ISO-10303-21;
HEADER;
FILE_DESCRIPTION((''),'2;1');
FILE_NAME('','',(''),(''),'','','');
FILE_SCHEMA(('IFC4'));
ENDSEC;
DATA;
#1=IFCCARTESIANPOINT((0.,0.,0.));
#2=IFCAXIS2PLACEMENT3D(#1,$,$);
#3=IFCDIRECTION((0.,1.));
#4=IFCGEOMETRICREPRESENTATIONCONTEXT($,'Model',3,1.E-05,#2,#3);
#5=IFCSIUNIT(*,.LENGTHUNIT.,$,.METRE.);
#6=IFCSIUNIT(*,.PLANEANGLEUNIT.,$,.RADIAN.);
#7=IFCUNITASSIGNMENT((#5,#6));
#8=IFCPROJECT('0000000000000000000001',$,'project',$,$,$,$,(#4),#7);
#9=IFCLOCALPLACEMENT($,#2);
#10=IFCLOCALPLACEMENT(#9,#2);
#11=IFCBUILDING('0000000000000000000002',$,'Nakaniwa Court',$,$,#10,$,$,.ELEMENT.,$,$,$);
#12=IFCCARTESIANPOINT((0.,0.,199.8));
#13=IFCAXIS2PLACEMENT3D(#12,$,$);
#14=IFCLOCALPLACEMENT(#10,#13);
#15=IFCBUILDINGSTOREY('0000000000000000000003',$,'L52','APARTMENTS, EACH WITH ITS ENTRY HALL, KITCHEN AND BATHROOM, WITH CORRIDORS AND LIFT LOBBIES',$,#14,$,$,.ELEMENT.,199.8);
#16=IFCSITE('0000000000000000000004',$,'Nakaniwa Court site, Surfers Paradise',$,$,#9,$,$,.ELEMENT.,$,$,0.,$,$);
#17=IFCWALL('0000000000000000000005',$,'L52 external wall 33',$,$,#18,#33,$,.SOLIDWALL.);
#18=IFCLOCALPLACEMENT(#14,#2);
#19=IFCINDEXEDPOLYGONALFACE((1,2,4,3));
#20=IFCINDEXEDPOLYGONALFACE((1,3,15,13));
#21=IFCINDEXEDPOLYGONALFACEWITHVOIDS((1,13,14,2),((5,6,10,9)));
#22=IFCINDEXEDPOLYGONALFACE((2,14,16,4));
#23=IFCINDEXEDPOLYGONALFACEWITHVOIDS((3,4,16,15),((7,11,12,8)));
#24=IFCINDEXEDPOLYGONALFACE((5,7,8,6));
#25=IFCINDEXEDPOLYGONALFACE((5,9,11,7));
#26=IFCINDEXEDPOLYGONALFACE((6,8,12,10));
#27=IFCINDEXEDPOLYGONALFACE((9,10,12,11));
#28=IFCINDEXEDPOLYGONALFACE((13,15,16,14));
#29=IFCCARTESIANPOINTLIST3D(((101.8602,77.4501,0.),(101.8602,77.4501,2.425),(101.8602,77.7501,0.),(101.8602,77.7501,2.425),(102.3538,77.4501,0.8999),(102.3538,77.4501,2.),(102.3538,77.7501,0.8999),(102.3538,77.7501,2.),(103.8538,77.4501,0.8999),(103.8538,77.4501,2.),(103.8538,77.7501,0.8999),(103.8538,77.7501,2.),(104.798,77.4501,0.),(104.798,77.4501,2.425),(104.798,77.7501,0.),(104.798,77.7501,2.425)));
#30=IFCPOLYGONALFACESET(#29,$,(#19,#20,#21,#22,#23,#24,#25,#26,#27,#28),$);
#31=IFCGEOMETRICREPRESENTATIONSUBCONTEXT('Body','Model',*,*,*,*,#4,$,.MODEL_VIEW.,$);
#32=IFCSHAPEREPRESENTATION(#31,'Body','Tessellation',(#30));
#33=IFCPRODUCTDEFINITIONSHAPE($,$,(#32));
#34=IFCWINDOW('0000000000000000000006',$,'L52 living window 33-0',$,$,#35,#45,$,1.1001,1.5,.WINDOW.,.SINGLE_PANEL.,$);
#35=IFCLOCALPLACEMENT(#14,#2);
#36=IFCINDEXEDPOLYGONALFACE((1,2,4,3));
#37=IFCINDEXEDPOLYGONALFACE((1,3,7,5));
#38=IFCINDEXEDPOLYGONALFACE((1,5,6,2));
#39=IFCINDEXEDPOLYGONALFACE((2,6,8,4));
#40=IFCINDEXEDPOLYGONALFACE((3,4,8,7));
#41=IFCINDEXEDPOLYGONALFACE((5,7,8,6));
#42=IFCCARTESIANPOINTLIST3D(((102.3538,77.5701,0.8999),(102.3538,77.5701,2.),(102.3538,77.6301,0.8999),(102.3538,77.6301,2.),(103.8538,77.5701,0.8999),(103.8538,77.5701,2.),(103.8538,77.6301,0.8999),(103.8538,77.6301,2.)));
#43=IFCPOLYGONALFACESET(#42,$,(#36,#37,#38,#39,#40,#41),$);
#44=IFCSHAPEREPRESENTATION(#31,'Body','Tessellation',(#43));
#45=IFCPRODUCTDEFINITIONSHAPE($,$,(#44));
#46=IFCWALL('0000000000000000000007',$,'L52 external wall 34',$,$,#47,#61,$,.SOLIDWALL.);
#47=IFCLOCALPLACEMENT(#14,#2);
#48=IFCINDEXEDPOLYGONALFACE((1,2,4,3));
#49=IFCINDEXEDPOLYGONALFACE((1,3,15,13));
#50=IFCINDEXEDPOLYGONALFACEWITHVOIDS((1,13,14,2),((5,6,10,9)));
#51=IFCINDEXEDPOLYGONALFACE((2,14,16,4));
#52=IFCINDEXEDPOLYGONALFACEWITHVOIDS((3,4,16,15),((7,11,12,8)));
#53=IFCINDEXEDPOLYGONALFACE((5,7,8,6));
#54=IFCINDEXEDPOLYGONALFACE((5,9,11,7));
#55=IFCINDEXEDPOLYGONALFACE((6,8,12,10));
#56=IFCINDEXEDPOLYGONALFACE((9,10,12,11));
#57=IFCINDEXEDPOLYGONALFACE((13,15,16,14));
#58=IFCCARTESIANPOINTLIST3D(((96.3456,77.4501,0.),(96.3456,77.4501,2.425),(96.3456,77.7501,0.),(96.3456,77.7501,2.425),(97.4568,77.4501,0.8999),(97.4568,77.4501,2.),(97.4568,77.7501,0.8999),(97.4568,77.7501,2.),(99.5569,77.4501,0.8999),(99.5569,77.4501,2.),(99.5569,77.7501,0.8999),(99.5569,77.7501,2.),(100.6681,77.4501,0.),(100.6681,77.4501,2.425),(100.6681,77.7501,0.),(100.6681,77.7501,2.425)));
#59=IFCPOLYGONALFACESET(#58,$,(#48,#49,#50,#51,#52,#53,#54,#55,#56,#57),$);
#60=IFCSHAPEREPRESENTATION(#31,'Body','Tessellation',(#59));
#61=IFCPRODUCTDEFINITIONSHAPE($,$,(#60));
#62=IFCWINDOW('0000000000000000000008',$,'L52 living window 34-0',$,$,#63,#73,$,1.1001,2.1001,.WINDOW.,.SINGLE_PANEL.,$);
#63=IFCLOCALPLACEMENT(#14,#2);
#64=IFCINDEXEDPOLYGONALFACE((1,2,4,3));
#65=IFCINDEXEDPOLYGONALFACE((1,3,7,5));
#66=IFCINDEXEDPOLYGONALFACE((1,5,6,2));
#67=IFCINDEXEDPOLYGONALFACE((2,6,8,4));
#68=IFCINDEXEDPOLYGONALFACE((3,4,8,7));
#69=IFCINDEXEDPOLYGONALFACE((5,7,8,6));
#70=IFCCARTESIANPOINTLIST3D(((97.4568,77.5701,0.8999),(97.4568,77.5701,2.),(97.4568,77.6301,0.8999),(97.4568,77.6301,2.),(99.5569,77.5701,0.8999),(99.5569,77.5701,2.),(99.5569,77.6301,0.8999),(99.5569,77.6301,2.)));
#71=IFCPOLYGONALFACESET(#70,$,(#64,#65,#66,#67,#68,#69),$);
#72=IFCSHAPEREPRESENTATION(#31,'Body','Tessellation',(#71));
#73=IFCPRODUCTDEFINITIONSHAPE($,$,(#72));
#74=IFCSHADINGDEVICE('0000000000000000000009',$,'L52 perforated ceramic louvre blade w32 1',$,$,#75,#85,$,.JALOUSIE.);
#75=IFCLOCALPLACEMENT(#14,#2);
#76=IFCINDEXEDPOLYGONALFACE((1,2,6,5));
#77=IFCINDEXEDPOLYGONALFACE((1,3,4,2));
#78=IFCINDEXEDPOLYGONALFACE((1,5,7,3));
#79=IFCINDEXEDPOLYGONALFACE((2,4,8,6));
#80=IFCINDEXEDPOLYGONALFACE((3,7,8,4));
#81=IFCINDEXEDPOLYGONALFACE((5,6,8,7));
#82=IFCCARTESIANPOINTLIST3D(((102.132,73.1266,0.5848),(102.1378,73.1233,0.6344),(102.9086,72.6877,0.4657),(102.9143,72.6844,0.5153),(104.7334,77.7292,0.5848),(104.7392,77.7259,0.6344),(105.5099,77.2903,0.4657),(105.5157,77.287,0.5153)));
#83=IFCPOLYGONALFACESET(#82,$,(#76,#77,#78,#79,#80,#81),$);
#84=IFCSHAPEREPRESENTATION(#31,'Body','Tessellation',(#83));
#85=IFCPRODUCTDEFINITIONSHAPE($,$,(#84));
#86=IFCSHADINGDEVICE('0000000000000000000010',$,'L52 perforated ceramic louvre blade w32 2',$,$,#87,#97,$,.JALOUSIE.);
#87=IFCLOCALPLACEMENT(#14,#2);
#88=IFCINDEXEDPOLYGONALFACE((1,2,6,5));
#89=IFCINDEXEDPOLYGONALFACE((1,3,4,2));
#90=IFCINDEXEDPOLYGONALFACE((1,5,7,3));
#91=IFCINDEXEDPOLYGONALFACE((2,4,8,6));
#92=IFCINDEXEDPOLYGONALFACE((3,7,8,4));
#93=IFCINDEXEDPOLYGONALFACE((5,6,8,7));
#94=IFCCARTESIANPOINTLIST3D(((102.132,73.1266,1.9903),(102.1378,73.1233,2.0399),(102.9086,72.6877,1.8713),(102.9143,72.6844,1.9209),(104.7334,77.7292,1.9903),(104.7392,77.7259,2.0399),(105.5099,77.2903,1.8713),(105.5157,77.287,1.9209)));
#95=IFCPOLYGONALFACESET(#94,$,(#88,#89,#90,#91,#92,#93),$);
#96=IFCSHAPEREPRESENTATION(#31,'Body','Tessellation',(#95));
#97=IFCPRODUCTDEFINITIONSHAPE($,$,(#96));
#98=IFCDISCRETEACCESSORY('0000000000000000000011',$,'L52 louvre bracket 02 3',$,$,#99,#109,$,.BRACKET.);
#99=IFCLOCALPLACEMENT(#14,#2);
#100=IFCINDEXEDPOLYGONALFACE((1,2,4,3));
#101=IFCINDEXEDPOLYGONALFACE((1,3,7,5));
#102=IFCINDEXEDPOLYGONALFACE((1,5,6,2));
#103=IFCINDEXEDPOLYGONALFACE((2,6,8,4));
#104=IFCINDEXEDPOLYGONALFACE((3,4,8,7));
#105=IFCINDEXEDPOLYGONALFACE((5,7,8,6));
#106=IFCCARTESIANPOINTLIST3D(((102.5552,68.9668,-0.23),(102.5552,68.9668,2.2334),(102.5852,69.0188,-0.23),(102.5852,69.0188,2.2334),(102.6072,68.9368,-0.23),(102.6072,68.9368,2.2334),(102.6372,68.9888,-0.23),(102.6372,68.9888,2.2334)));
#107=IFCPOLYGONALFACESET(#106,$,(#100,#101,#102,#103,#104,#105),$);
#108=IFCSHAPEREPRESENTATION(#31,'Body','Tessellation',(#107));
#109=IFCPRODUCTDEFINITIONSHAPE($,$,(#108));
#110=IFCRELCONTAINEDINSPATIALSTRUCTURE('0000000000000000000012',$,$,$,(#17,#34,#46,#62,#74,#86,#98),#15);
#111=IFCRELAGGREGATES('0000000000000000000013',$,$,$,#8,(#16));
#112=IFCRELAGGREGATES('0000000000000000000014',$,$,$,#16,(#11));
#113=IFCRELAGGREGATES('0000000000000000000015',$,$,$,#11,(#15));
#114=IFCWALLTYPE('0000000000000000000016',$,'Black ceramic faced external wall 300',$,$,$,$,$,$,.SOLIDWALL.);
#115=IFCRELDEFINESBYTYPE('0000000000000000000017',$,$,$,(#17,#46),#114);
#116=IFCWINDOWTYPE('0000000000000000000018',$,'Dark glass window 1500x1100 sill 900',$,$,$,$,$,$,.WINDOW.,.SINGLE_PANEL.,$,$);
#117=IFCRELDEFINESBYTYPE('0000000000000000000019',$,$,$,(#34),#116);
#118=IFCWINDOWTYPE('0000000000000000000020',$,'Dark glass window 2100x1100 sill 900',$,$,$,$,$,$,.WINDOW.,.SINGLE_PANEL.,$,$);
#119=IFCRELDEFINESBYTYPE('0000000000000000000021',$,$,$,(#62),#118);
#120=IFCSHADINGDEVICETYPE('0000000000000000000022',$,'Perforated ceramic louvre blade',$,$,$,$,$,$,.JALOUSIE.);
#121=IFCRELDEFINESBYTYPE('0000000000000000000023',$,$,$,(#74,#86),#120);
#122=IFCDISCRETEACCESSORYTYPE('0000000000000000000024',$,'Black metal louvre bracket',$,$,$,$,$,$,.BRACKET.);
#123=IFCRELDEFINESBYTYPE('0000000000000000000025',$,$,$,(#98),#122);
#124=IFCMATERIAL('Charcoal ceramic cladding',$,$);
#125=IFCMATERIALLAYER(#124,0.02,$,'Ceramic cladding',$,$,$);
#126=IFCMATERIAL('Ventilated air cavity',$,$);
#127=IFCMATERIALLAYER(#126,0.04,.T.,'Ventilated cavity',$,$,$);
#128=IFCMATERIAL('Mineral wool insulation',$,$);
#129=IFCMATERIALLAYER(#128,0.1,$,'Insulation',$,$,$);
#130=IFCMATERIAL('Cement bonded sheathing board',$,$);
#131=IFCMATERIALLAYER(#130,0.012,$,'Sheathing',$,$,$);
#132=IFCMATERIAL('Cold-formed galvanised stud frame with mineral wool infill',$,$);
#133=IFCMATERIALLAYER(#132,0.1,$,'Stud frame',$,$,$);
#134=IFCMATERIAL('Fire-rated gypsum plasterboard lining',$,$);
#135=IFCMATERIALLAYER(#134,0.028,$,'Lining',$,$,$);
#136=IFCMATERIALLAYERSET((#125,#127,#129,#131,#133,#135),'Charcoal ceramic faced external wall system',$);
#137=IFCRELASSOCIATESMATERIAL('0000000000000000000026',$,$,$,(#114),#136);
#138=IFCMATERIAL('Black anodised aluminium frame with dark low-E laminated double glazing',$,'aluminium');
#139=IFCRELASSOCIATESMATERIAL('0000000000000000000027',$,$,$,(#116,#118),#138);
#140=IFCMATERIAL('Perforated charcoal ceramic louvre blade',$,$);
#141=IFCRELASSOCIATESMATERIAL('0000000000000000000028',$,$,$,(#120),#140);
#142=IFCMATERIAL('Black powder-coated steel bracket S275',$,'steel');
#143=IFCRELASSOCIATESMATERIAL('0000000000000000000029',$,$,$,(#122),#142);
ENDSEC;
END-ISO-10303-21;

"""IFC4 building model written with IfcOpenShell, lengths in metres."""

from ifc_helpers import new_model, si_unit, direction, frame, frame_2d, origin, origin_2d, place, context, subcontext, project, spatial, rectangle, extrude, material, layer, layer_set, material_profile, profile_set, type_object, element, fill, save


model = new_model("IFC4")

# Units and contexts
model_context = context("Model", 3, precision=1e-05, world=origin(), true_north=direction((0.0, 1.0)))
body_context = subcontext(model_context, "Body", "Model", "MODEL_VIEW")
ifc_project = project(units=[si_unit("LENGTHUNIT", "METRE"), si_unit("PLANEANGLEUNIT", "RADIAN")], contexts=[model_context])

# Site, building, storey
site_placement = place(None, origin())
site = spatial("IfcSite", under=ifc_project, at=site_placement, Name="Nakaniwa Court site, Surfers Paradise", CompositionType="ELEMENT", RefElevation=0.0)
building_placement = place(site_placement, origin())
building = spatial("IfcBuilding", under=site, at=building_placement, Name="Nakaniwa Court", CompositionType="ELEMENT")
storey_placement = place(building_placement, frame((0.0, 0.0, 199.8)))
storey = spatial("IfcBuildingStorey", under=building, at=storey_placement, Name="L52", Description="APARTMENTS, EACH WITH ITS ENTRY HALL, KITCHEN AND BATHROOM, WITH CORRIDORS AND LIFT LOBBIES", CompositionType="ELEMENT", Elevation=199.8)

# Shared definitions
ifc_material_1 = material(Name="Charcoal ceramic cladding")
ifc_layer_1 = layer(ifc_material_1, 0.02, Name="Ceramic cladding")
ifc_material_2 = material(Name="Ventilated air cavity")
ifc_layer_2 = layer(ifc_material_2, 0.04, ventilated=True, Name="Ventilated cavity")
ifc_material_3 = material(Name="Mineral wool insulation")
ifc_layer_3 = layer(ifc_material_3, 0.1, Name="Insulation")
ifc_material_4 = material(Name="Cement bonded sheathing board")
ifc_layer_4 = layer(ifc_material_4, 0.012, Name="Sheathing")
ifc_material_5 = material(Name="Cold-formed galvanised stud frame with mineral wool infill")
ifc_layer_5 = layer(ifc_material_5, 0.1, Name="Stud frame")
ifc_material_6 = material(Name="Fire-rated gypsum plasterboard lining")
ifc_layer_6 = layer(ifc_material_6, 0.028, Name="Lining")
ifc_layer_set = layer_set([ifc_layer_1, ifc_layer_2, ifc_layer_3, ifc_layer_4, ifc_layer_5, ifc_layer_6], Name="Charcoal ceramic faced external wall system")
wall_type = type_object("IfcWallType", Name="Black ceramic faced external wall 300", PredefinedType="SOLIDWALL", material=ifc_layer_set)
ifc_material_7 = material(Name="Black anodised aluminium frame with dark low-E laminated double glazing", Category="aluminium")

# Walls, openings, windows
window_type_1 = type_object("IfcWindowType", Name="Dark glass window 1500x1100 sill 900", PartitioningType="SINGLE_PANEL", PredefinedType="WINDOW", material=ifc_material_7)
wall_1_placement = place(storey_placement, frame((104.7979, 77.6001, 0.0), z_axis=(0.0, 0.0, 1.0), x_axis=(-1.0, 0.0, 0.0)))
wall_1 = element("IfcWall", 1, at=wall_1_placement, inside=storey, type_object=wall_type, Name="L52 external wall 33", PredefinedType="SOLIDWALL", context=body_context, shape_type="SweptSolid", body=[
    extrude(rectangle(XDim=2.9377, YDim=0.3, at=frame_2d((1.4688, 0.0))), origin(), (0.0, 0.0, 1.0), 2.425),
])
opening_1_placement = place(wall_1_placement, frame((0.9441, 0.0, 0.8999)))
opening_1 = element("IfcOpeningElement", 2, at=opening_1_placement, cuts=wall_1, PredefinedType="OPENING", context=body_context, shape_type="SweptSolid", body=[
    extrude(rectangle(XDim=1.5, YDim=1.1001, at=frame_2d((0.75, 0.55))), frame((0.0, 0.1599, 0.0), z_axis=(0.0, -1.0, 0.0), x_axis=(1.0, 0.0, 0.0)), (0.0, 0.0, 1.0), 0.3201),
])
window_1_placement = place(opening_1_placement, origin())
window_1 = element("IfcWindow", 3, at=window_1_placement, inside=storey, type_object=window_type_1, Name="L52 living window 33-0", OverallHeight=1.1001, OverallWidth=1.5, PartitioningType="SINGLE_PANEL", PredefinedType="WINDOW", context=body_context, shape_type="SweptSolid", body=[
    extrude(rectangle(XDim=1.5, YDim=1.1001, at=frame_2d((0.75, 0.55))), frame((0.0, 0.03, 0.0), z_axis=(0.0, -1.0, 0.0), x_axis=(1.0, 0.0, 0.0)), (0.0, 0.0, 1.0), 0.0601),
])
fill(opening_1, window_1)
wall_2_placement = place(storey_placement, frame((100.668, 77.6001, 0.0), z_axis=(0.0, 0.0, 1.0), x_axis=(-1.0, 0.0, 0.0)))
wall_2 = element("IfcWall", 4, at=wall_2_placement, inside=storey, type_object=wall_type, Name="L52 external wall 34", PredefinedType="SOLIDWALL", context=body_context, shape_type="SweptSolid", body=[
    extrude(rectangle(XDim=4.3225, YDim=0.3, at=frame_2d((2.1611, 0.0))), origin(), (0.0, 0.0, 1.0), 2.425),
])
opening_2_placement = place(wall_2_placement, frame((1.1111, 0.0, 0.8999)))
opening_2 = element("IfcOpeningElement", 5, at=opening_2_placement, cuts=wall_2, PredefinedType="OPENING", context=body_context, shape_type="SweptSolid", body=[
    extrude(rectangle(XDim=2.1001, YDim=1.1001, at=frame_2d((1.05, 0.55))), frame((0.0, 0.1599, 0.0), z_axis=(0.0, -1.0, 0.0), x_axis=(1.0, 0.0, 0.0)), (0.0, 0.0, 1.0), 0.3201),
])
window_type_2 = type_object("IfcWindowType", Name="Dark glass window 2100x1100 sill 900", PartitioningType="SINGLE_PANEL", PredefinedType="WINDOW", material=ifc_material_7)
window_2_placement = place(opening_2_placement, origin())
window_2 = element("IfcWindow", 6, at=window_2_placement, inside=storey, type_object=window_type_2, Name="L52 living window 34-0", OverallHeight=1.1001, OverallWidth=2.1001, PartitioningType="SINGLE_PANEL", PredefinedType="WINDOW", context=body_context, shape_type="SweptSolid", body=[
    extrude(rectangle(XDim=2.1001, YDim=1.1001, at=frame_2d((1.05, 0.55))), frame((0.0, 0.03, 0.0), z_axis=(0.0, -1.0, 0.0), x_axis=(1.0, 0.0, 0.0)), (0.0, 0.0, 1.0), 0.0601),
])
fill(opening_2, window_2)

# Shading devices
ifc_material_8 = material(Name="Perforated charcoal ceramic louvre blade")
ifc_material_profile_1 = material_profile(ifc_material_8, rectangle(XDim=0.8999, YDim=0.05, at=origin_2d()), Name="Perforated ceramic louvre blade")
ifc_profile_set_1 = profile_set([ifc_material_profile_1], Name="Perforated charcoal ceramic louvre blade")
shading_device_type = type_object("IfcShadingDeviceType", Name="Perforated ceramic louvre blade", PredefinedType="JALOUSIE", material=ifc_profile_set_1)
for number, where, z_axis, x_axis, name in (
    (7, (102.5232, 72.9055, 0.55), (0.492041, 0.870572, 0.0), (-0.862925, 0.487718, 0.132256), "L52 perforated ceramic louvre blade w32 1"),
    (8, (102.5232, 72.9055, 1.9556), (0.492041, 0.870572, 0.0), (-0.862925, 0.487718, 0.132256), "L52 perforated ceramic louvre blade w32 2"),
):
    element("IfcShadingDevice", number, at=place(storey_placement, frame(where, z_axis=z_axis, x_axis=x_axis)), inside=storey, type_object=shading_device_type, Name=name, PredefinedType="JALOUSIE", context=body_context, shape_type="SweptSolid", body=[
        extrude(rectangle(XDim=0.8999, YDim=0.05, at=origin_2d()), origin(), (0.0, 0.0, 1.0), 5.2869),
    ])

# Discrete accessory
ifc_material_9 = material(Name="Black powder-coated steel bracket S275", Category="steel")
discrete_accessory_type = type_object("IfcDiscreteAccessoryType", Name="Black metal louvre bracket", PredefinedType="BRACKET", material=ifc_material_9)
discrete_accessory_placement = place(storey_placement, frame((102.5962, 68.9778, -0.23), z_axis=(0.0, 0.0, 1.0), x_axis=(0.500017, 0.866016, 0.0)))
element("IfcDiscreteAccessory", 9, at=discrete_accessory_placement, inside=storey, type_object=discrete_accessory_type, Name="L52 louvre bracket 02 3", PredefinedType="BRACKET", context=body_context, shape_type="SweptSolid", body=[
    extrude(rectangle(XDim=0.0601, YDim=0.0601, at=origin_2d()), origin(), (0.0, 0.0, 1.0), 2.4634),
])

save(model, "model.ifc")
